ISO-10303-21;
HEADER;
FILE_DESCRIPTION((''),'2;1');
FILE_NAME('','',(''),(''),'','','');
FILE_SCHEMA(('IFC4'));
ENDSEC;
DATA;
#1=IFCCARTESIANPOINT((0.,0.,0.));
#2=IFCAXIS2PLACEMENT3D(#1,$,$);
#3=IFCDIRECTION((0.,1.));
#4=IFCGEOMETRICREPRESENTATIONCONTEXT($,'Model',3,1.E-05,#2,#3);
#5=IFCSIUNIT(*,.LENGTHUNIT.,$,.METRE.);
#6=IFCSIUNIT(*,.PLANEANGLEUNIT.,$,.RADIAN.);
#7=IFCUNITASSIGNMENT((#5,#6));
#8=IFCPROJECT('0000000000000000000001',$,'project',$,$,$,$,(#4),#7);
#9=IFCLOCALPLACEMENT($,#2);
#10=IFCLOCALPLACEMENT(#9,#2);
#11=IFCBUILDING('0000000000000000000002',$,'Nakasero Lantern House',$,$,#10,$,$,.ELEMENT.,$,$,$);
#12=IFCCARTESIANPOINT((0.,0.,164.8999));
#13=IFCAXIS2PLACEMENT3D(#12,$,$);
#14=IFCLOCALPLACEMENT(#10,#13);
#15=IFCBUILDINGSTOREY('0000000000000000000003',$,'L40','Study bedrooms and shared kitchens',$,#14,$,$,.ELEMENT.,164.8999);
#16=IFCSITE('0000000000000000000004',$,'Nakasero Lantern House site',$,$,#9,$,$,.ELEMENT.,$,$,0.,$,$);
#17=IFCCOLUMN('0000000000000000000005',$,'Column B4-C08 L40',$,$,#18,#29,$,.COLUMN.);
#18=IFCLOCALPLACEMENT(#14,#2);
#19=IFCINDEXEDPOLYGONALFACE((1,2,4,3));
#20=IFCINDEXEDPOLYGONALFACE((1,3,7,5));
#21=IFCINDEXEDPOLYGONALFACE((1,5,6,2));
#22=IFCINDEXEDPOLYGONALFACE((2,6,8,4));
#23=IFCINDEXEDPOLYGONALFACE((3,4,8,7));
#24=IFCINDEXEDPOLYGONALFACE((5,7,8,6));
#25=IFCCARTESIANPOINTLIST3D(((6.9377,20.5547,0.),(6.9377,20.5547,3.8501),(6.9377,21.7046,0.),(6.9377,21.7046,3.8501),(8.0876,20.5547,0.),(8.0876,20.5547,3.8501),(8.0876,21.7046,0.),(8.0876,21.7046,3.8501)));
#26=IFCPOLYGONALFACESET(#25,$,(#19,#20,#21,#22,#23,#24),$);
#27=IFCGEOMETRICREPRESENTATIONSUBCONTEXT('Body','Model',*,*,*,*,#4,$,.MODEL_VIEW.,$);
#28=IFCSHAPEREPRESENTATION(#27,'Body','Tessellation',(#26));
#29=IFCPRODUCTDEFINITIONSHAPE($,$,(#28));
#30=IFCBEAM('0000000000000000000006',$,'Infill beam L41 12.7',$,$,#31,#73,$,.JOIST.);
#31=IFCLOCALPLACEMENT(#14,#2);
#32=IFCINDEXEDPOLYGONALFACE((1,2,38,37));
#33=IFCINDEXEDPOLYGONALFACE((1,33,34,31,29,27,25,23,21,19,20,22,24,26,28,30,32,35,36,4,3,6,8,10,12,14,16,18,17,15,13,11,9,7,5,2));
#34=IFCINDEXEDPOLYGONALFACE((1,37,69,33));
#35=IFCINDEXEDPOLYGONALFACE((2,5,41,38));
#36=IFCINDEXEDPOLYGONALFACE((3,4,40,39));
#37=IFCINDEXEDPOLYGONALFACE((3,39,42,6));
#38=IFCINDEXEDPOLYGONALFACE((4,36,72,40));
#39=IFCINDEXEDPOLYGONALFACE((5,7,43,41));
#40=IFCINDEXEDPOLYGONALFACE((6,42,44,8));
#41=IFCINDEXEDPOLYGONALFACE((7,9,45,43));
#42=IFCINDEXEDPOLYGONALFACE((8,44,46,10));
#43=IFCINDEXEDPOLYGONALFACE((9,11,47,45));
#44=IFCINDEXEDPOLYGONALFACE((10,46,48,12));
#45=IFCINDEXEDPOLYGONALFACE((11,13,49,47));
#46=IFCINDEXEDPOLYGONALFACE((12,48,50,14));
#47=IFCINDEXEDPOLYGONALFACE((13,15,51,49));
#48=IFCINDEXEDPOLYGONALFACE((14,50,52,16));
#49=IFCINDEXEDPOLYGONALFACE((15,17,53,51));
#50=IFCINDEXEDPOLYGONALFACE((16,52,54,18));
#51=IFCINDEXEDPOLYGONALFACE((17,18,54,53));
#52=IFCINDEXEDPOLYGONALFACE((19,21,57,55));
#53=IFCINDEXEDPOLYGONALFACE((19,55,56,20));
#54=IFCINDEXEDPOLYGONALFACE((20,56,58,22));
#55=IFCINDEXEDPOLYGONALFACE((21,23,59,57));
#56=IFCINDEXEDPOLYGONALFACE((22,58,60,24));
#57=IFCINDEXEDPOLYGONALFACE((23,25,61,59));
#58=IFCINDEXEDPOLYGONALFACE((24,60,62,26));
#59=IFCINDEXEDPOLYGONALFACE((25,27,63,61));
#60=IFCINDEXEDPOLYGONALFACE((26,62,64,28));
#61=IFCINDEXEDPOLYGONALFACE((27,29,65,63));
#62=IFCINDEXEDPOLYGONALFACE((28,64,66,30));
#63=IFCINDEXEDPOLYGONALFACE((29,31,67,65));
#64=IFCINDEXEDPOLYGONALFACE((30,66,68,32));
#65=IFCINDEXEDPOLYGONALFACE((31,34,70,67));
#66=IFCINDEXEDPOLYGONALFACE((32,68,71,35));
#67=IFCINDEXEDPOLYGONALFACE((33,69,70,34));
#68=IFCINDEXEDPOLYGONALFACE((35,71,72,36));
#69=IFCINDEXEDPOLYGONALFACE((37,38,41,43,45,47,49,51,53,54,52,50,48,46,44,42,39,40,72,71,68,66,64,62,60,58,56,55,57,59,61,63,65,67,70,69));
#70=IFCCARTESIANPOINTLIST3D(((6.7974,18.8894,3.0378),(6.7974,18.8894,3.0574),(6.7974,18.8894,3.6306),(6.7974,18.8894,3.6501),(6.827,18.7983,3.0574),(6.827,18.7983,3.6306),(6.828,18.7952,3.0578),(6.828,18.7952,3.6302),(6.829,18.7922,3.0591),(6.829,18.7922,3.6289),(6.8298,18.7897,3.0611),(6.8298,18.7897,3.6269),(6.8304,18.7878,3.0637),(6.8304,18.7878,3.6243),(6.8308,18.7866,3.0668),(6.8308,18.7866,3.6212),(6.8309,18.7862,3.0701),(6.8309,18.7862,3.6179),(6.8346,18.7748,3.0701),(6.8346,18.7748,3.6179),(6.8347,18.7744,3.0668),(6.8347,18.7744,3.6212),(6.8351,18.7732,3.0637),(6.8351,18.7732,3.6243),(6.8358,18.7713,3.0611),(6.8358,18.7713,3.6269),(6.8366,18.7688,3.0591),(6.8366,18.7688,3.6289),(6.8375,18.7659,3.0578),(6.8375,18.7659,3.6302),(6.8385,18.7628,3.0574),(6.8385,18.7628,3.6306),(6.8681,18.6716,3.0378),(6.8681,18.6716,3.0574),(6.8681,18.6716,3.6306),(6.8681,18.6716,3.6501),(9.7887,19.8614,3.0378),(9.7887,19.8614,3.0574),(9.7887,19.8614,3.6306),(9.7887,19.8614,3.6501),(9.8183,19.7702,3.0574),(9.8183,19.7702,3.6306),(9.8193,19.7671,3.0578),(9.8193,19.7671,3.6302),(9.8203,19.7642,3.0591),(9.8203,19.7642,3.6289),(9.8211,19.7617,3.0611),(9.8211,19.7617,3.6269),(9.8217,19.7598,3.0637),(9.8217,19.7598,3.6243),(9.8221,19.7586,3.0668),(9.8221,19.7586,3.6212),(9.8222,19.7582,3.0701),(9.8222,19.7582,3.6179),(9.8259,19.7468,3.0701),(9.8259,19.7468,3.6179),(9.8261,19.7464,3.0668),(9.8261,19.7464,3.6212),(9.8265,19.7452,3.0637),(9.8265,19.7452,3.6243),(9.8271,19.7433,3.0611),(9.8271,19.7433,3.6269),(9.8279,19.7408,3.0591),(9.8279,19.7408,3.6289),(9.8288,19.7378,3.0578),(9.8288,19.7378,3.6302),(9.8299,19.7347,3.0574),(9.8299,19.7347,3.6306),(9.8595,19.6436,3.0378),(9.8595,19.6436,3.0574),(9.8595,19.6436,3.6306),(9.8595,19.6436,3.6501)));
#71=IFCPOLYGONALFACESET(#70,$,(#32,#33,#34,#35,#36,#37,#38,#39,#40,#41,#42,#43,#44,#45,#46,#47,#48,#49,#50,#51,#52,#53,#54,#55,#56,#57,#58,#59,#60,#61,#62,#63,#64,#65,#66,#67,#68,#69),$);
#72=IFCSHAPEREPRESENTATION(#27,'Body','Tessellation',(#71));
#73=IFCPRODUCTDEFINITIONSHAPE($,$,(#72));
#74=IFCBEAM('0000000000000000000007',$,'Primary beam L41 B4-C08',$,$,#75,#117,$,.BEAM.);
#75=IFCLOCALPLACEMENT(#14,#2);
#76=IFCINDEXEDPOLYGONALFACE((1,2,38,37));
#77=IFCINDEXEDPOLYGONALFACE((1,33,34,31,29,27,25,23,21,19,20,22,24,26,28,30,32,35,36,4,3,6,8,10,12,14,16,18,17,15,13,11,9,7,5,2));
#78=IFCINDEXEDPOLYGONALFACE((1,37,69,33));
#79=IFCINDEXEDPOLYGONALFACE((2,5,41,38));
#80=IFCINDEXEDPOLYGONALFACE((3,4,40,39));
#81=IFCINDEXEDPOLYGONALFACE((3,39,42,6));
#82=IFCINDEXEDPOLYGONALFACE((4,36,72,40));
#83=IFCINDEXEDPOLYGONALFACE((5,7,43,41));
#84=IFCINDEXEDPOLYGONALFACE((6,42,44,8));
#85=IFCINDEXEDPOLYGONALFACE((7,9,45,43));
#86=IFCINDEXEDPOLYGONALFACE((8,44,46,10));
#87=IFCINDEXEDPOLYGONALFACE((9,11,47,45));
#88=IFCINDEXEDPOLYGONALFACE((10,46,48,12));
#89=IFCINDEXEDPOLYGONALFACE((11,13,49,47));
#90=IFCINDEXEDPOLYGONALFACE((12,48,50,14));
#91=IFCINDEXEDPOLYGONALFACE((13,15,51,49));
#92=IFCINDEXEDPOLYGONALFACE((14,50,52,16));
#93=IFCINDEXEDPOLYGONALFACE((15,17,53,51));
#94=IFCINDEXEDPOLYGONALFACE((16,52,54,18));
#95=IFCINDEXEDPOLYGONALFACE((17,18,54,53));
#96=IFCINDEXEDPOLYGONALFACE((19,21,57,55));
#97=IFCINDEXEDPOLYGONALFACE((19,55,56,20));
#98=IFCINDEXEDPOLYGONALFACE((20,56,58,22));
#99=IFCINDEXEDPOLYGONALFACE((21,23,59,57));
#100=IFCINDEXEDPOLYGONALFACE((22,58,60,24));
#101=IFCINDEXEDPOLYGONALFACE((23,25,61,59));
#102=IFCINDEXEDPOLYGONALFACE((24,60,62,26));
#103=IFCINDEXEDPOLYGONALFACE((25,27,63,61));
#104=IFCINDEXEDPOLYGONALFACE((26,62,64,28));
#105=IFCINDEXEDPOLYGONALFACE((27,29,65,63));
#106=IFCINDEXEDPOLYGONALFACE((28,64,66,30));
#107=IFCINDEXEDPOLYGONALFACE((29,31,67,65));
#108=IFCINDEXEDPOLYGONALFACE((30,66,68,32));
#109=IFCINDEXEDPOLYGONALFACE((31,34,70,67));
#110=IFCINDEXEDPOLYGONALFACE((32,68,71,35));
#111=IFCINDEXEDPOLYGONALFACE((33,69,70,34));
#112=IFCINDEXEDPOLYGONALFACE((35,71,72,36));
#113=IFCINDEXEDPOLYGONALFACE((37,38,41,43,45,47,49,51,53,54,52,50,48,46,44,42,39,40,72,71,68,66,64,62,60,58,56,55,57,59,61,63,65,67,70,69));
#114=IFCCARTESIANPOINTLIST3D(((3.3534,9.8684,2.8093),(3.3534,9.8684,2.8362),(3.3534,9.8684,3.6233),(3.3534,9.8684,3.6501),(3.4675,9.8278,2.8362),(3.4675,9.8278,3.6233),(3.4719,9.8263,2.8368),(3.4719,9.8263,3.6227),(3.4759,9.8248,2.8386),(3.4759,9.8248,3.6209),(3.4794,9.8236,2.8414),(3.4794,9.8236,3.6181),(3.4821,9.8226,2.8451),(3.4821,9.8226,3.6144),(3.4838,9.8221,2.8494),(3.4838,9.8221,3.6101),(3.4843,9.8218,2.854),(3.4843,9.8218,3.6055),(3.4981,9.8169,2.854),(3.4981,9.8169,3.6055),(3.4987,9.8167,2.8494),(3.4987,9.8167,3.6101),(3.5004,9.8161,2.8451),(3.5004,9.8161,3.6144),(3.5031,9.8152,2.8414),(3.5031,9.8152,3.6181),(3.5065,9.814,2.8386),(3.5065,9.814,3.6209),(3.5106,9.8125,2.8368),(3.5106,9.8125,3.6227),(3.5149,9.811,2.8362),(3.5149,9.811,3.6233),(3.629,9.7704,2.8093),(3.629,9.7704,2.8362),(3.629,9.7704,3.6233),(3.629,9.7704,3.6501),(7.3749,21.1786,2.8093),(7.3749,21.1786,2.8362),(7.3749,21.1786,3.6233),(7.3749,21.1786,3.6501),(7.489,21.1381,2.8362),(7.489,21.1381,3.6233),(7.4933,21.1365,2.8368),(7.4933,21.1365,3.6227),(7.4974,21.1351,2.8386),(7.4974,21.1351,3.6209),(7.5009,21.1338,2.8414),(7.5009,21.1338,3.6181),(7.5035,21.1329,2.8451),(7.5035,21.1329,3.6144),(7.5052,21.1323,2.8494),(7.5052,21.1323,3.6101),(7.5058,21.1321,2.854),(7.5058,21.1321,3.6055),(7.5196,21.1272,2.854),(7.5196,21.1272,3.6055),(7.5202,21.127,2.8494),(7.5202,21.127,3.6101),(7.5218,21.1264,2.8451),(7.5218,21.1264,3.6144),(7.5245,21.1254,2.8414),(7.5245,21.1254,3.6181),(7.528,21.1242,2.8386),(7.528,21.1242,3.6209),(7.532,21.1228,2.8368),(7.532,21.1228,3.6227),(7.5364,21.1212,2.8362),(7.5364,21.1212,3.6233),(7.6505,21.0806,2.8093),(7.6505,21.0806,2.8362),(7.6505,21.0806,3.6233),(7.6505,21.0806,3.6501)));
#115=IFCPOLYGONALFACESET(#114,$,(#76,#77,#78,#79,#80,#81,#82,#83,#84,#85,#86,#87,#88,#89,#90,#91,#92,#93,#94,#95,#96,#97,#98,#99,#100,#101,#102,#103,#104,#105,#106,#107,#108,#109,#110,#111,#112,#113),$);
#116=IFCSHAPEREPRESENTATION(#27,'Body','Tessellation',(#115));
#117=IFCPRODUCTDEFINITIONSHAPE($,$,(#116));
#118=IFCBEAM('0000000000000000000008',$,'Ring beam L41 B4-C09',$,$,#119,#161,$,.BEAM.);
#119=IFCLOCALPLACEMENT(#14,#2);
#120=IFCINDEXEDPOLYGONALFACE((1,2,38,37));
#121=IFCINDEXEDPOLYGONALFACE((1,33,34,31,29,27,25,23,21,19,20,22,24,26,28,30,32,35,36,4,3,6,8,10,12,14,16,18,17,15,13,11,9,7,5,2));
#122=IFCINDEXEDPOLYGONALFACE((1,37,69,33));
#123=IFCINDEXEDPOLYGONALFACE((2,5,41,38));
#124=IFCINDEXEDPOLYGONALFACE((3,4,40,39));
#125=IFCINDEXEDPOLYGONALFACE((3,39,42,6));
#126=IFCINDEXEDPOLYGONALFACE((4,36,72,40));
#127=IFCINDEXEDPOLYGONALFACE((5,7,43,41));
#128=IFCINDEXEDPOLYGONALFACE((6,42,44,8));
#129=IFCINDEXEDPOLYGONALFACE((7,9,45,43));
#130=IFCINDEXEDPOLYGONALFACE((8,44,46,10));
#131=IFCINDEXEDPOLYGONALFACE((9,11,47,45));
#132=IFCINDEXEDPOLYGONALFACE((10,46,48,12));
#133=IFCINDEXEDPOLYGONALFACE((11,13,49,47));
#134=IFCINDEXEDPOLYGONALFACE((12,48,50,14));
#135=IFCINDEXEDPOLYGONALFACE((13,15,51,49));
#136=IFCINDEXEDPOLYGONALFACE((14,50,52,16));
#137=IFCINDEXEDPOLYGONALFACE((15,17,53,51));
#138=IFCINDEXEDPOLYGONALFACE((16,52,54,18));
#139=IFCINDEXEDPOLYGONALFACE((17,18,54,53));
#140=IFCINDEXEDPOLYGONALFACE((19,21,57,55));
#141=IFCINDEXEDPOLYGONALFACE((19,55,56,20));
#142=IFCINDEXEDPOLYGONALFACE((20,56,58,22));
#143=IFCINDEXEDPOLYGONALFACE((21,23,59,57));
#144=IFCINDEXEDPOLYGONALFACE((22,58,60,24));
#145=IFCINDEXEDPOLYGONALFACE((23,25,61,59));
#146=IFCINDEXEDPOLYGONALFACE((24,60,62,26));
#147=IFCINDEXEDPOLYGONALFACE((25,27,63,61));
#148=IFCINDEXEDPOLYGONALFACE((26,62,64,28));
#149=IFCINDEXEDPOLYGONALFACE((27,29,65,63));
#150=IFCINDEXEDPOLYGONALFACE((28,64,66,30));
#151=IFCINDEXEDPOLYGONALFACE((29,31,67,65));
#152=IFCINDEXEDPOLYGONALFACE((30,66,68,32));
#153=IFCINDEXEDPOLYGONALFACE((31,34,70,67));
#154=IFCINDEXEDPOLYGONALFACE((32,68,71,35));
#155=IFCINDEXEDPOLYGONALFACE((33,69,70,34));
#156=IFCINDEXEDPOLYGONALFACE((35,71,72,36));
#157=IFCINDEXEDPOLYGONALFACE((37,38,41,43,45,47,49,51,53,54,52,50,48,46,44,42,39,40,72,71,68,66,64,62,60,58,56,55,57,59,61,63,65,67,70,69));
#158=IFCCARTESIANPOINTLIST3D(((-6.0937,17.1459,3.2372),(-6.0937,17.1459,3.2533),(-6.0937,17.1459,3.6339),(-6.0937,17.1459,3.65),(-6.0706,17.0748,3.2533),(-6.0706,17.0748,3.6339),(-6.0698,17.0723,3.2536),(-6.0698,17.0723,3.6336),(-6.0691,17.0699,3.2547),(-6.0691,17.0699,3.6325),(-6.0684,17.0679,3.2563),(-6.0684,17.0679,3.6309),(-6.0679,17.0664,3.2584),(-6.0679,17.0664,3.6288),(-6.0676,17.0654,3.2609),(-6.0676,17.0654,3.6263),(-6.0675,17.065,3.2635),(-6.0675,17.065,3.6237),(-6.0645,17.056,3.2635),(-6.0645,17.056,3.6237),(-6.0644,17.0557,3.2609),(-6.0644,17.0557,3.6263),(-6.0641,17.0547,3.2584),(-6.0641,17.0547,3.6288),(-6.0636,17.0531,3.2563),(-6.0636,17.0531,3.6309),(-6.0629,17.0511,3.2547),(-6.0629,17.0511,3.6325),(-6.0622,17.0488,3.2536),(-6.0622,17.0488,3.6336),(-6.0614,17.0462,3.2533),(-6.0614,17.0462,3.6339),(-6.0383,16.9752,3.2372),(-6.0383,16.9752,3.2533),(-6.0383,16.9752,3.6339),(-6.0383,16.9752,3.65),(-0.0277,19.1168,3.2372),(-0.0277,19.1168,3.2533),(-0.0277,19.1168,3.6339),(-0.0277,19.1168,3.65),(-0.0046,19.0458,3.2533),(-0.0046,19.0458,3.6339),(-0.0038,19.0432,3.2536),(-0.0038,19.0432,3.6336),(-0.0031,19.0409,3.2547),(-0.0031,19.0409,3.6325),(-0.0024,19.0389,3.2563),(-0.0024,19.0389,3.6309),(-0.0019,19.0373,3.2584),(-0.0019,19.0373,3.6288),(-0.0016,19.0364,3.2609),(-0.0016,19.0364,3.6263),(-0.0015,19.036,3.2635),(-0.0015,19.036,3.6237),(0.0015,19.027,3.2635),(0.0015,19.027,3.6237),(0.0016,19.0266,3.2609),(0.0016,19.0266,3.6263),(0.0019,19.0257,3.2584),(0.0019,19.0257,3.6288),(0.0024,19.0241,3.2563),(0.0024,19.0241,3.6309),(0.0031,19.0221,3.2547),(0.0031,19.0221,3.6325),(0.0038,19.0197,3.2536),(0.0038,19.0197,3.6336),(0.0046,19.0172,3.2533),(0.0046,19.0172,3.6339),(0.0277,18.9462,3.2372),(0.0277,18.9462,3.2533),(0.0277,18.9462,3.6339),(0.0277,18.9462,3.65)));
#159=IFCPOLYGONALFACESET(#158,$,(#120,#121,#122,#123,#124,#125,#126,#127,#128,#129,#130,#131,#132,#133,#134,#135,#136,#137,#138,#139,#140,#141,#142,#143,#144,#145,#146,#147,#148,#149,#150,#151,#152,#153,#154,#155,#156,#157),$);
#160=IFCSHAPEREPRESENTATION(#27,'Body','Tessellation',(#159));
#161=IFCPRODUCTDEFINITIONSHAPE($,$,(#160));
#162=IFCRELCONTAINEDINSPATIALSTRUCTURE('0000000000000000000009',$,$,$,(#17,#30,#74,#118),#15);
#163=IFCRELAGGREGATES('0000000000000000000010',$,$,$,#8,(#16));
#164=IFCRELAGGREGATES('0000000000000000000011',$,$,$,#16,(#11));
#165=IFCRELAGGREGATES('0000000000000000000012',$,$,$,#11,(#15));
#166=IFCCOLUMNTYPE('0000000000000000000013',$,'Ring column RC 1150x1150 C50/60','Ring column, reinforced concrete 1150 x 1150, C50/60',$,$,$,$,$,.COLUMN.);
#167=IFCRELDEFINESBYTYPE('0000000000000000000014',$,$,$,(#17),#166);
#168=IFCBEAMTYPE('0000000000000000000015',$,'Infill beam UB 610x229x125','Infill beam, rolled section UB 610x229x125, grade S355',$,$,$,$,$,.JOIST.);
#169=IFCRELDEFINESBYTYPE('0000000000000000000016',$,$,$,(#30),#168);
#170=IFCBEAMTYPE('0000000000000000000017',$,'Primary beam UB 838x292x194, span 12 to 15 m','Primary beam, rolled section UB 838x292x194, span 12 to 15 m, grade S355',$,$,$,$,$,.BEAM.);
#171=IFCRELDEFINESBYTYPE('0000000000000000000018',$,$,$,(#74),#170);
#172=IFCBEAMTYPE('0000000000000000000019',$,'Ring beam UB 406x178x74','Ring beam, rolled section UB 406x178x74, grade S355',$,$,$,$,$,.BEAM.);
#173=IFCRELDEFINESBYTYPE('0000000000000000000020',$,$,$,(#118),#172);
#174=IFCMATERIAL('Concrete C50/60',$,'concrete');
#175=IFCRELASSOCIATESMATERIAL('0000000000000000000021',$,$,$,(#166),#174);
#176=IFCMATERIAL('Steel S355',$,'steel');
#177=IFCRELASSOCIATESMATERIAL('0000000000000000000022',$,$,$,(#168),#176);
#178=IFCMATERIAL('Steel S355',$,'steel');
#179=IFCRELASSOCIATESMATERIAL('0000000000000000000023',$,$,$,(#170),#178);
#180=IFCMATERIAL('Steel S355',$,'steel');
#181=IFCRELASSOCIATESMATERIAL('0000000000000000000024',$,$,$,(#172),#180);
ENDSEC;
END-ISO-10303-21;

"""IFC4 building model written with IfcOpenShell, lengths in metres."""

from ifc_helpers import new_model, si_unit, direction, frame, origin, origin_2d, place, context, subcontext, project, spatial, rectangle, i_section, extrude, material, material_profile, profile_set, type_object, element, save


model = new_model("IFC4")

# Units and contexts
model_context = context("Model", 3, precision=1e-05, world=origin(), true_north=direction((0.0, 1.0)))
body_context = subcontext(model_context, "Body", "Model", "MODEL_VIEW")
ifc_project = project(units=[si_unit("LENGTHUNIT", "METRE"), si_unit("PLANEANGLEUNIT", "RADIAN")], contexts=[model_context])

# Site, building, storey
site_placement = place(None, origin())
site = spatial("IfcSite", under=ifc_project, at=site_placement, Name="Nakasero Lantern House site", CompositionType="ELEMENT", RefElevation=0.0)
building_placement = place(site_placement, origin())
building = spatial("IfcBuilding", under=site, at=building_placement, Name="Nakasero Lantern House", CompositionType="ELEMENT")
storey_placement = place(building_placement, frame((0.0, 0.0, 164.8999)))
storey = spatial("IfcBuildingStorey", under=building, at=storey_placement, Name="L40", Description="Study bedrooms and shared kitchens", CompositionType="ELEMENT", Elevation=164.8999)

# Column
ifc_material_1 = material(Name="Concrete C50/60", Category="concrete")
ifc_material_profile_1 = material_profile(ifc_material_1, rectangle(XDim=1.1499, YDim=1.1499, at=origin_2d()), Name="RC 1150x1150")
ifc_profile_set_1 = profile_set([ifc_material_profile_1], Name="Concrete C50/60")
column_type = type_object("IfcColumnType", Name="Ring column RC 1150x1150 C50/60", Description="Ring column, reinforced concrete 1150 x 1150, C50/60", PredefinedType="COLUMN", material=ifc_profile_set_1)
column_placement = place(storey_placement, frame((7.5127, 21.1296, 0.0), z_axis=(0.0, 0.0, 1.0), x_axis=(1.0, 0.0, 0.0)))
element("IfcColumn", 1, at=column_placement, inside=storey, type_object=column_type, Name="Column B4-C08 L40", PredefinedType="COLUMN", context=body_context, shape_type="SweptSolid", body=[
    extrude(rectangle(XDim=1.1499, YDim=1.1499, at=origin_2d()), origin(), (0.0, 0.0, 1.0), 3.8501),
])

# Beams
ifc_material_2 = material(Name="Steel S355", Category="steel")
ifc_material_profile_2 = material_profile(ifc_material_2, i_section(OverallWidth=0.229, OverallDepth=0.6123, WebThickness=0.012, FlangeThickness=0.0195, FilletRadius=0.0127, at=origin_2d()), Name="UB 610x229x125")
ifc_profile_set_2 = profile_set([ifc_material_profile_2], Name="Steel S355")
beam_type_1 = type_object("IfcBeamType", Name="Infill beam UB 610x229x125", Description="Infill beam, rolled section UB 610x229x125, grade S355", PredefinedType="JOIST", material=ifc_profile_set_2)
beam_1_placement = place(storey_placement, frame((6.8328, 18.7805, 3.344), z_axis=(0.951055, 0.309023, 0.0), x_axis=(-0.309023, 0.951055, 0.0)))
element("IfcBeam", 2, at=beam_1_placement, inside=storey, type_object=beam_type_1, Name="Infill beam L41 12.7", PredefinedType="JOIST", context=body_context, shape_type="SweptSolid", body=[
    extrude(i_section(OverallWidth=0.229, OverallDepth=0.6123, WebThickness=0.012, FlangeThickness=0.0195, FilletRadius=0.0127, at=origin_2d()), origin(), (0.0, 0.0, 1.0), 3.1453),
])
ifc_material_3 = material(Name="Steel S355", Category="steel")
ifc_material_profile_3 = material_profile(ifc_material_3, i_section(OverallWidth=0.2925, OverallDepth=0.8408, WebThickness=0.0146, FlangeThickness=0.0269, FilletRadius=0.0178, at=origin_2d()), Name="UB 838x292x194")
ifc_profile_set_3 = profile_set([ifc_material_profile_3], Name="Steel S355")
beam_type_2 = type_object("IfcBeamType", Name="Primary beam UB 838x292x194, span 12 to 15 m", Description="Primary beam, rolled section UB 838x292x194, span 12 to 15 m, grade S355", PredefinedType="BEAM", material=ifc_profile_set_3)
beam_2_placement = place(storey_placement, frame((7.5127, 21.1296, 3.2297), z_axis=(-0.335013, -0.942214, 0.0), x_axis=(0.942214, -0.335013, 0.0)))
element("IfcBeam", 3, at=beam_2_placement, inside=storey, type_object=beam_type_2, Name="Primary beam L41 B4-C08", PredefinedType="BEAM", context=body_context, shape_type="SweptSolid", body=[
    extrude(i_section(OverallWidth=0.2925, OverallDepth=0.8408, WebThickness=0.0146, FlangeThickness=0.0269, FilletRadius=0.0178, at=origin_2d()), origin(), (0.0, 0.0, 1.0), 12.0039),
])
ifc_material_4 = material(Name="Steel S355", Category="steel")
ifc_material_profile_4 = material_profile(ifc_material_4, i_section(OverallWidth=0.1794, OverallDepth=0.4128, WebThickness=0.0095, FlangeThickness=0.0161, FilletRadius=0.0103, at=origin_2d()), Name="UB 406x178x74")
ifc_profile_set_4 = profile_set([ifc_material_profile_4], Name="Steel S355")
beam_type_3 = type_object("IfcBeamType", Name="Ring beam UB 406x178x74", Description="Ring beam, rolled section UB 406x178x74, grade S355", PredefinedType="BEAM", material=ifc_profile_set_4)
beam_3_placement = place(storey_placement, frame((0.0, 19.0315, 3.4436), z_axis=(-0.951056, -0.309019, 0.0), x_axis=(0.309019, -0.951056, 0.0)))
element("IfcBeam", 4, at=beam_3_placement, inside=storey, type_object=beam_type_3, Name="Ring beam L41 B4-C09", PredefinedType="BEAM", context=body_context, shape_type="SweptSolid", body=[
    extrude(i_section(OverallWidth=0.1794, OverallDepth=0.4128, WebThickness=0.0095, FlangeThickness=0.0161, FilletRadius=0.0103, at=origin_2d()), origin(), (0.0, 0.0, 1.0), 6.3782),
])

save(model, "model.ifc")
